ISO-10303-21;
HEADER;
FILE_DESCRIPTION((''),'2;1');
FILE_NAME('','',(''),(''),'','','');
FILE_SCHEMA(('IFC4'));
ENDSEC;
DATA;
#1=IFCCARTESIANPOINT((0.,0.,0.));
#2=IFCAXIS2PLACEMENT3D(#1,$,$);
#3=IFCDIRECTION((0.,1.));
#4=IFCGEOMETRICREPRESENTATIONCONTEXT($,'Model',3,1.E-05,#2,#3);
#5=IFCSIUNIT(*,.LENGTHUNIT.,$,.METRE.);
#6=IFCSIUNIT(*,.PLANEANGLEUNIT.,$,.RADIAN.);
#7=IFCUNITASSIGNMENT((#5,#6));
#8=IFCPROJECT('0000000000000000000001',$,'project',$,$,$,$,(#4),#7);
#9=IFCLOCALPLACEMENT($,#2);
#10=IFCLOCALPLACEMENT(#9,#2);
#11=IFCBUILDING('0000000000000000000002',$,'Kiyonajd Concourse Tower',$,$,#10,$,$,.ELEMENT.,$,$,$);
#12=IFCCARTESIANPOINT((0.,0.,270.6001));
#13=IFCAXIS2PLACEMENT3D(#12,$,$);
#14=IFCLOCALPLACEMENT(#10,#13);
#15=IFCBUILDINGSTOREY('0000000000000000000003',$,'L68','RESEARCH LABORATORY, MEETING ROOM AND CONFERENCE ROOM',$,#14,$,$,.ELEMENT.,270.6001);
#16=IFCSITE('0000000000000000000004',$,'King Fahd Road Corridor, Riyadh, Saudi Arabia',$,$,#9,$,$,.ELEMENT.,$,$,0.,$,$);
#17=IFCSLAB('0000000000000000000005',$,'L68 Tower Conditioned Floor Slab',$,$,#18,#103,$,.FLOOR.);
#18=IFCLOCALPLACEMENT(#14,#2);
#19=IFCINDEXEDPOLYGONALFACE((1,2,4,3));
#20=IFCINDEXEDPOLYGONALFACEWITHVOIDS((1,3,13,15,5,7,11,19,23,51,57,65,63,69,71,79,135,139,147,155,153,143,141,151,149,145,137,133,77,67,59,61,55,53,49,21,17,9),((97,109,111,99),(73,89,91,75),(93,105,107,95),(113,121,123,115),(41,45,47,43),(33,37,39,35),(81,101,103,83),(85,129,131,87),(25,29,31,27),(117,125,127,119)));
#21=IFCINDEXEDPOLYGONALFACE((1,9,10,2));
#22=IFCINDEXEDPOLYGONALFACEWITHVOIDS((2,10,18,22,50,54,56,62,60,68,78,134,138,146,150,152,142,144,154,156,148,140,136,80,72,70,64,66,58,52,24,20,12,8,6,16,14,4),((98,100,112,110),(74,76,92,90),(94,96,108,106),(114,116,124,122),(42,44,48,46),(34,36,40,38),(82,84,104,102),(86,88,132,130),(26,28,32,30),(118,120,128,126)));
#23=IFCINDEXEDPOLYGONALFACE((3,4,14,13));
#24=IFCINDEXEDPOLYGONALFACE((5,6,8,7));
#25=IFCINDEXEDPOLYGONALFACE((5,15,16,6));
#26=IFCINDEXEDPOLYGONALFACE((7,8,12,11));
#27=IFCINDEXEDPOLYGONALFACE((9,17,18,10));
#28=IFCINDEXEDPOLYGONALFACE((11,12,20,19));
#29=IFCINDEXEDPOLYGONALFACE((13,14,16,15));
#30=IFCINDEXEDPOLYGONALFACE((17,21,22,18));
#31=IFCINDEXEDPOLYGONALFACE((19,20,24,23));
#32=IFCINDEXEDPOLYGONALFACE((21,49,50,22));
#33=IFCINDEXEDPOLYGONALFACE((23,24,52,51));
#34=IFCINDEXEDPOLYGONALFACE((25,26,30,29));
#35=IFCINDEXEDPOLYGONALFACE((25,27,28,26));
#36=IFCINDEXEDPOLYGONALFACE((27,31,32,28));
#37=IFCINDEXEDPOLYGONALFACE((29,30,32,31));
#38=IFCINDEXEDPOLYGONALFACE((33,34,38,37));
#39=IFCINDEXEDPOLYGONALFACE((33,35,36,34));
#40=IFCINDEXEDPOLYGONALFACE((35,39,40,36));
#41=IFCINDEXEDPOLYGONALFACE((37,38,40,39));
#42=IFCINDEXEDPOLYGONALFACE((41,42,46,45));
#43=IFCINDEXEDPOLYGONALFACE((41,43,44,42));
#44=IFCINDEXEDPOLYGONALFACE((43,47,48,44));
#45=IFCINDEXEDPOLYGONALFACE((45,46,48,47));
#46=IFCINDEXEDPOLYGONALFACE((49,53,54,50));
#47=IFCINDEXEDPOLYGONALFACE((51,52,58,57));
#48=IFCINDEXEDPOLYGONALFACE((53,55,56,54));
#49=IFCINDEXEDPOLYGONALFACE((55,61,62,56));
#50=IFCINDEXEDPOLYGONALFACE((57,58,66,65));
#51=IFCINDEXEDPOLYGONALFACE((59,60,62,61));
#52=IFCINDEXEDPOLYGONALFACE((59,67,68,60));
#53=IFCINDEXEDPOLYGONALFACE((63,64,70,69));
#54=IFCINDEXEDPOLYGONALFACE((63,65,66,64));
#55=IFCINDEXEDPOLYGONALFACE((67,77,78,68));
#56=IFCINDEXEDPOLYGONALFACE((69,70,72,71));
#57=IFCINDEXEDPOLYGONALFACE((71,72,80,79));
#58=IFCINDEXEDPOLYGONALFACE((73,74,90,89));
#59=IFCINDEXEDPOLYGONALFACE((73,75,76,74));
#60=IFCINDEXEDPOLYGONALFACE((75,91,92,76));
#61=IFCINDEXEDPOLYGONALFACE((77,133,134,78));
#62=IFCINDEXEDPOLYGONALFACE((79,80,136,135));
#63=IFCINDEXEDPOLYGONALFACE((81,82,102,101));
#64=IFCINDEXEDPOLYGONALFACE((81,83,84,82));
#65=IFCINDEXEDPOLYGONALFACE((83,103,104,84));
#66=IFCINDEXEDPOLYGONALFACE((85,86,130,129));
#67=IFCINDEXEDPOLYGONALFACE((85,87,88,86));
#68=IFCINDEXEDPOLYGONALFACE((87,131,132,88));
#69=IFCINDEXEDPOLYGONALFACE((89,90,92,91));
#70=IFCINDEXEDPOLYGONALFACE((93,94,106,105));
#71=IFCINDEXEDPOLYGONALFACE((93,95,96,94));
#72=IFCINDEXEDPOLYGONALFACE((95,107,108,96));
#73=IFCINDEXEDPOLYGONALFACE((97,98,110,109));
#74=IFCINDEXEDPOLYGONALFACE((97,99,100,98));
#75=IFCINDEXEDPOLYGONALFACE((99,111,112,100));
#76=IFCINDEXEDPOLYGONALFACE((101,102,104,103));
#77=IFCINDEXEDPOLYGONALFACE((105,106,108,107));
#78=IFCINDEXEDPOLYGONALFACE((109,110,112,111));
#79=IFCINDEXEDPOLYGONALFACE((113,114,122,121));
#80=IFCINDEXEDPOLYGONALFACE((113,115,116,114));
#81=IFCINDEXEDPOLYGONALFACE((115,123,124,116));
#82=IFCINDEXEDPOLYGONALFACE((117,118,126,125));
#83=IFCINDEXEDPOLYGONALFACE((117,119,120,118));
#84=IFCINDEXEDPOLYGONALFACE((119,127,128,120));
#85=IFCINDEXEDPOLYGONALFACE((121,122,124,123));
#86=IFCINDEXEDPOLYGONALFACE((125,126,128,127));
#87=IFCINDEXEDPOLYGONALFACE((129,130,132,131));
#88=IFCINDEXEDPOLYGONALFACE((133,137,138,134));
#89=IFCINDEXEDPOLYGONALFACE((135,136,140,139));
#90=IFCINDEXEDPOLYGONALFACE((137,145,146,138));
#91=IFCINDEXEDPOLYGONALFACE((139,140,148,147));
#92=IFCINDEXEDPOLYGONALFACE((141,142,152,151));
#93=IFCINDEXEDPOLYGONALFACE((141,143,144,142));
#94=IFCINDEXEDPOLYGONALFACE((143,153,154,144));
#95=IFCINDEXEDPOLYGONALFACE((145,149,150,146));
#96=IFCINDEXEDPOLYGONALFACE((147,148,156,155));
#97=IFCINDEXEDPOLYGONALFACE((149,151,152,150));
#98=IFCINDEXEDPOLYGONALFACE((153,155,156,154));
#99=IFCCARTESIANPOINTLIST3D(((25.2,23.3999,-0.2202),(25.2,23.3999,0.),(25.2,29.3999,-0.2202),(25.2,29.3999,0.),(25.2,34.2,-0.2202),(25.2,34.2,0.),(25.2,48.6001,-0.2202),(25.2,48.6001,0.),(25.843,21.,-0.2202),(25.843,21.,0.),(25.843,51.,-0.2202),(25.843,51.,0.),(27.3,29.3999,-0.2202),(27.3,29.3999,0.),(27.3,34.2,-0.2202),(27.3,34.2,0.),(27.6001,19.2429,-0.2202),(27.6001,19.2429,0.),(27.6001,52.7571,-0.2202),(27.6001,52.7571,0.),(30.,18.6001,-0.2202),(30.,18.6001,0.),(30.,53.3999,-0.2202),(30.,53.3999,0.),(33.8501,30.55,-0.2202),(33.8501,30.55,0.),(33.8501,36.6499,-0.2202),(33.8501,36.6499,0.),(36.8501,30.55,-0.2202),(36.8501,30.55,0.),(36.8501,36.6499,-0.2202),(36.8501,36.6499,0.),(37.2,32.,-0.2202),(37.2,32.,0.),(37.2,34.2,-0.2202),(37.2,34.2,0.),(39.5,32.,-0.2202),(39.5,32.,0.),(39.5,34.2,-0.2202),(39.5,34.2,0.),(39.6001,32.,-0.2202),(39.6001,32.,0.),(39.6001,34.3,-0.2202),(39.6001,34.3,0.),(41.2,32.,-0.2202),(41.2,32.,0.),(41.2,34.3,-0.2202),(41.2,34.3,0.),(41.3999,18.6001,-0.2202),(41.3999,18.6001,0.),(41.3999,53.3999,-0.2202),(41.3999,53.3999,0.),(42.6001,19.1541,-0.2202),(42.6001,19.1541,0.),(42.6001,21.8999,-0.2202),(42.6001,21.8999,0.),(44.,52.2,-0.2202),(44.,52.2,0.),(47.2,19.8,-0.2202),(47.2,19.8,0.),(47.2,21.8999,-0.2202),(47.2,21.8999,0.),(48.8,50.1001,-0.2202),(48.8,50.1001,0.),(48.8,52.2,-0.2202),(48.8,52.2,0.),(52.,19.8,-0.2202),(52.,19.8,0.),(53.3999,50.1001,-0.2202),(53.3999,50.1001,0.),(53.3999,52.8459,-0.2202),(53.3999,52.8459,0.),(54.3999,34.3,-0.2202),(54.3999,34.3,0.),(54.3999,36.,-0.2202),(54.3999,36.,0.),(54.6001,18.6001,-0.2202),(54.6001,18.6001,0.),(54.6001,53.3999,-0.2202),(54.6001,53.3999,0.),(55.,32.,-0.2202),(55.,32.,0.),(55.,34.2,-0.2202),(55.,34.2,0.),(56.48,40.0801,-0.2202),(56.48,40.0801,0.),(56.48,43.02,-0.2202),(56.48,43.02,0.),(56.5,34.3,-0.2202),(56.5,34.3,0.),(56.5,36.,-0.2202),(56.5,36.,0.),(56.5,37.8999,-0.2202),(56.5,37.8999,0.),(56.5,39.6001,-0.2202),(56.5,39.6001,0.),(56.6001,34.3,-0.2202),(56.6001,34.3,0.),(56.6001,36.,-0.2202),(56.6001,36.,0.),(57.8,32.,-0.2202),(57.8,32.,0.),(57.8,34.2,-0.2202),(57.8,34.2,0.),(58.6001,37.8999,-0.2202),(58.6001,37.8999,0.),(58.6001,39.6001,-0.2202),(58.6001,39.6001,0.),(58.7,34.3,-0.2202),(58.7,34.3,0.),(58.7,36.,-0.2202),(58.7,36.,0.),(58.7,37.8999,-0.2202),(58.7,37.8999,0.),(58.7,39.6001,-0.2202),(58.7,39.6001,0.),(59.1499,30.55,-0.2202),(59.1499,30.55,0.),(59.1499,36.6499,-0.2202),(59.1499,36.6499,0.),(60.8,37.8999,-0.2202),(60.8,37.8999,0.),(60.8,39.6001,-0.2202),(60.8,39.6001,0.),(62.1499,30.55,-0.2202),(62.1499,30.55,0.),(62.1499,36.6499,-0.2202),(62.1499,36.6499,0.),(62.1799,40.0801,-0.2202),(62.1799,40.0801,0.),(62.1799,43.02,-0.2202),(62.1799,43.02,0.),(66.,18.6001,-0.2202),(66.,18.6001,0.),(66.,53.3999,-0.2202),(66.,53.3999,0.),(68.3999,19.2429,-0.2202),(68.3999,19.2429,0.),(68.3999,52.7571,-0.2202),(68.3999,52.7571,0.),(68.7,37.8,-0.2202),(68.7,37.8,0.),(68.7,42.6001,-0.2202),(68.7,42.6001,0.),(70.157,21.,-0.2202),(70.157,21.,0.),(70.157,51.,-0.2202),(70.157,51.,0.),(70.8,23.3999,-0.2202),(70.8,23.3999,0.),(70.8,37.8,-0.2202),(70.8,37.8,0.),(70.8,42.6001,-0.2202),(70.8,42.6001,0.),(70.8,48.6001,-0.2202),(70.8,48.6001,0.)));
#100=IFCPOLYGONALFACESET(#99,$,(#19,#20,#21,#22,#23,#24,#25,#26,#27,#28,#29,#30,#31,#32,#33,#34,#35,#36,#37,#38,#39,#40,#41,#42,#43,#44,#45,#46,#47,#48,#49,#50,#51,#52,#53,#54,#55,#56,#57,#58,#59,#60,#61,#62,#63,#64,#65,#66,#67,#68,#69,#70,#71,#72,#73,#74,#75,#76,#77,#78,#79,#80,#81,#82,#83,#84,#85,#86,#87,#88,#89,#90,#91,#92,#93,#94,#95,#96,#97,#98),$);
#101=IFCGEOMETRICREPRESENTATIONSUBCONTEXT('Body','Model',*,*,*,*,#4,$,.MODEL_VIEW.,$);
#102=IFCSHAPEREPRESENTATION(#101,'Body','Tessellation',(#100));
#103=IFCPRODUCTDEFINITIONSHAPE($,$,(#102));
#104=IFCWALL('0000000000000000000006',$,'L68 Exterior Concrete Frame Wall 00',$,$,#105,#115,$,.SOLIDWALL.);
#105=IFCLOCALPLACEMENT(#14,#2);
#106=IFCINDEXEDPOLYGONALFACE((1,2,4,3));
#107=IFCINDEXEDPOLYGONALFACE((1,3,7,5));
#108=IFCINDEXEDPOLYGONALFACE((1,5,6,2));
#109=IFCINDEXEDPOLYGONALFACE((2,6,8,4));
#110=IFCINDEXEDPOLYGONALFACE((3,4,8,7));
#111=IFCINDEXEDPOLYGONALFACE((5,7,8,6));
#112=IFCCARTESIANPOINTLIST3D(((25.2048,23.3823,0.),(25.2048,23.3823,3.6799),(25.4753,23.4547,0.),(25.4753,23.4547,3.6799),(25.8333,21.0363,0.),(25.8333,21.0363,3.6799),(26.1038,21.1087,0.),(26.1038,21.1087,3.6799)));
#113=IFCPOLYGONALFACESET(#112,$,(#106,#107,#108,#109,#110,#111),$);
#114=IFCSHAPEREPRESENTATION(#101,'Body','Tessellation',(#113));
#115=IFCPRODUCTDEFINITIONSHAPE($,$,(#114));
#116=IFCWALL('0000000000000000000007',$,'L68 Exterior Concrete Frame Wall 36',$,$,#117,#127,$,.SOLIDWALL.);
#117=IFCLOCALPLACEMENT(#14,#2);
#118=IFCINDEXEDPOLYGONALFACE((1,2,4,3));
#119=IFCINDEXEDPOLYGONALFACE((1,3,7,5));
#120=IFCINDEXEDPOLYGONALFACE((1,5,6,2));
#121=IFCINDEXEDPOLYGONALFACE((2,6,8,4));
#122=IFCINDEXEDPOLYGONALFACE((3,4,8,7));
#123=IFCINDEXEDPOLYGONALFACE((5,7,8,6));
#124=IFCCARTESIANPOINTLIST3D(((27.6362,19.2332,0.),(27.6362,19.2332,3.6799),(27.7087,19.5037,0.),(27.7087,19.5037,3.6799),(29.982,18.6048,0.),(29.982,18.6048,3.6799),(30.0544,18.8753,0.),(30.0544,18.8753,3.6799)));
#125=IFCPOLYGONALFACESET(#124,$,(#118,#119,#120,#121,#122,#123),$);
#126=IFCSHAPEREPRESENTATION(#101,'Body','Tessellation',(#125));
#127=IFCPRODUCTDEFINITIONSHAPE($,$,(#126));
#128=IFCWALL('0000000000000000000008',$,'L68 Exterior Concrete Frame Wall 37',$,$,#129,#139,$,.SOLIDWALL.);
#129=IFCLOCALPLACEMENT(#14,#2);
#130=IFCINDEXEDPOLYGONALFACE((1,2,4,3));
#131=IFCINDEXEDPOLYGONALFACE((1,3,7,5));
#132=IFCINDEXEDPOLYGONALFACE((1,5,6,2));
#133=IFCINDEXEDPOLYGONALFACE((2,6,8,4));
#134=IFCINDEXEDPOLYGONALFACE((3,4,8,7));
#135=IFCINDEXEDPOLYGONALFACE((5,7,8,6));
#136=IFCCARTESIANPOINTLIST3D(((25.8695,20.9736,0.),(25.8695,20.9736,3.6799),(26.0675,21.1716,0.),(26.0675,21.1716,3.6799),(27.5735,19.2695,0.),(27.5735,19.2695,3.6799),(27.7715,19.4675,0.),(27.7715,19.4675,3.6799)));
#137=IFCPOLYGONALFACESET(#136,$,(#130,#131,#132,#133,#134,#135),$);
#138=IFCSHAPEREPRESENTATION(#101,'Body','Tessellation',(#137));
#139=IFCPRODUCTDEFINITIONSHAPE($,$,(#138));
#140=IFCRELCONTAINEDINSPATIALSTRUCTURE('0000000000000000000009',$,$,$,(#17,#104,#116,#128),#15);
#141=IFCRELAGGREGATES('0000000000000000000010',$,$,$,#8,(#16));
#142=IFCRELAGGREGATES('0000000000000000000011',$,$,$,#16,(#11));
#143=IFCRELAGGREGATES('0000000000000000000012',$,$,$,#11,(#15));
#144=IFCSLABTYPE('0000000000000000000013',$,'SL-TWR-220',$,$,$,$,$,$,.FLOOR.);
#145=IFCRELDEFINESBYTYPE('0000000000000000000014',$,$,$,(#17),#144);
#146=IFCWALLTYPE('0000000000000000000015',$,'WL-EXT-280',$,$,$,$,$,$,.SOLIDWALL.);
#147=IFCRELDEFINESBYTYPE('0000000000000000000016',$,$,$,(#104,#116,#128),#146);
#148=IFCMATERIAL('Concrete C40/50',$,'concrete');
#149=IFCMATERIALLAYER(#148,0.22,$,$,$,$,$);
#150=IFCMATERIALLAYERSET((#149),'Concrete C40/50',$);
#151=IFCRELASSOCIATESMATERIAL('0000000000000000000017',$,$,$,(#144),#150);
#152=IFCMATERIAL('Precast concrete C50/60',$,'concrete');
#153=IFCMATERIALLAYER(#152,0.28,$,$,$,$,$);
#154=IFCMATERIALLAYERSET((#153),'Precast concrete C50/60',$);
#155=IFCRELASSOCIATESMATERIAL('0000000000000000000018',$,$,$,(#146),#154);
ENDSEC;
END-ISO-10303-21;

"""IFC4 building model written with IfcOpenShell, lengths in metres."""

from ifc_helpers import new_model, si_unit, direction, frame, frame_2d, origin, place, context, subcontext, project, spatial, polyline, rectangle, outline, extrude, material, layer, layer_set, type_object, element, save


model = new_model("IFC4")

# Units and contexts
model_context = context("Model", 3, precision=1e-05, world=origin(), true_north=direction((0.0, 1.0)))
body_context = subcontext(model_context, "Body", "Model", "MODEL_VIEW")
ifc_project = project(units=[si_unit("LENGTHUNIT", "METRE"), si_unit("PLANEANGLEUNIT", "RADIAN")], contexts=[model_context])

# Site, building, storey
site_placement = place(None, origin())
site = spatial("IfcSite", under=ifc_project, at=site_placement, Name="King Fahd Road Corridor, Riyadh, Saudi Arabia", CompositionType="ELEMENT", RefElevation=0.0)
building_placement = place(site_placement, origin())
building = spatial("IfcBuilding", under=site, at=building_placement, Name="Kiyonajd Concourse Tower", CompositionType="ELEMENT")
storey_placement = place(building_placement, frame((0.0, 0.0, 270.6001)))
storey = spatial("IfcBuildingStorey", under=building, at=storey_placement, Name="L68", Description="RESEARCH LABORATORY, MEETING ROOM AND CONFERENCE ROOM", CompositionType="ELEMENT", Elevation=270.6001)

# Shared definitions
ifc_material_1 = material(Name="Concrete C40/50", Category="concrete")

# Slab
ifc_material_2 = material(Name="Precast concrete C50/60", Category="concrete")
ifc_layer_1 = layer(ifc_material_1, 0.22)
ifc_layer_set_1 = layer_set([ifc_layer_1], Name="Concrete C40/50")
slab_type_1 = type_object("IfcSlabType", Name="SL-TWR-220", PredefinedType="FLOOR", material=ifc_layer_set_1)
slab_1_placement = place(storey_placement, frame((0.0, 0.0, -0.2202)))
element("IfcSlab", 1, at=slab_1_placement, inside=storey, type_object=slab_type_1, Name="L68 Tower Conditioned Floor Slab", PredefinedType="FLOOR", context=body_context, shape_type="SweptSolid", body=[
    extrude(outline(polyline([(25.843, 21.0), (25.2, 23.3999), (25.2, 29.3999), (27.3, 29.3999), (27.3, 34.2), (25.2, 34.2), (25.2, 48.6001), (25.843, 51.0), (27.6001, 52.7571), (30.0, 53.3999), (41.3999, 53.3999), (44.0, 52.2), (48.8, 52.2), (48.8, 50.1001), (53.3999, 50.1001), (53.3999, 52.8459), (54.6001, 53.3999), (66.0, 53.3999), (68.3999, 52.7571), (70.157, 51.0), (70.8, 48.6001), (70.8, 42.6001), (68.7, 42.6001), (68.7, 37.8), (70.8, 37.8), (70.8, 23.3999), (70.157, 21.0), (68.3999, 19.2429), (66.0, 18.6001), (54.6001, 18.6001), (52.0, 19.8), (47.2, 19.8), (47.2, 21.8999), (42.6001, 21.8999), (42.6001, 19.1541), (41.3999, 18.6001), (30.0, 18.6001), (27.6001, 19.2429), (25.843, 21.0)]), holes=[polyline([(39.5, 32.0), (37.2, 32.0), (37.2, 34.2), (39.5, 34.2), (39.5, 32.0)]), polyline([(57.8, 32.0), (55.0, 32.0), (55.0, 34.2), (57.8, 34.2), (57.8, 32.0)]), polyline([(41.2, 32.0), (39.6001, 32.0), (39.6001, 34.3), (41.2, 34.3), (41.2, 32.0)]), polyline([(33.8501, 30.55), (33.8501, 36.6499), (36.8501, 36.6499), (36.8501, 30.55), (33.8501, 30.55)]), polyline([(59.1499, 30.55), (59.1499, 36.6499), (62.1499, 36.6499), (62.1499, 30.55), (59.1499, 30.55)]), polyline([(56.5, 34.3), (54.3999, 34.3), (54.3999, 36.0), (56.5, 36.0), (56.5, 34.3)]), polyline([(58.7, 34.3), (56.6001, 34.3), (56.6001, 36.0), (58.7, 36.0), (58.7, 34.3)]), polyline([(58.6001, 37.8999), (56.5, 37.8999), (56.5, 39.6001), (58.6001, 39.6001), (58.6001, 37.8999)]), polyline([(58.7, 37.8999), (58.7, 39.6001), (60.8, 39.6001), (60.8, 37.8999), (58.7, 37.8999)]), polyline([(56.48, 43.02), (62.1799, 43.02), (62.1799, 40.0801), (56.48, 40.0801), (56.48, 43.02)])]), origin(), (0.0, 0.0, 1.0), 0.2202),
])

# Walls
ifc_layer_2 = layer(ifc_material_2, 0.28)
ifc_layer_set_2 = layer_set([ifc_layer_2], Name="Precast concrete C50/60")
wall_type = type_object("IfcWallType", Name="WL-EXT-280", PredefinedType="SOLIDWALL", material=ifc_layer_set_2)
wall_1_placement = place(storey_placement, frame((25.9685, 21.0725, 0.0), z_axis=(0.0, 0.0, 1.0), x_axis=(-0.258751, 0.965944, 0.0)))
element("IfcWall", 2, at=wall_1_placement, inside=storey, type_object=wall_type, Name="L68 Exterior Concrete Frame Wall 00", PredefinedType="SOLIDWALL", context=body_context, shape_type="SweptSolid", body=[
    extrude(rectangle(XDim=2.4287, YDim=0.28, at=frame_2d((1.2144, 0.0))), origin(), (0.0, 0.0, 1.0), 3.6799),
])
wall_2_placement = place(storey_placement, frame((30.0183, 18.74, 0.0), z_axis=(0.0, 0.0, 1.0), x_axis=(-0.965937, 0.258776, 0.0)))
element("IfcWall", 3, at=wall_2_placement, inside=storey, type_object=wall_type, Name="L68 Exterior Concrete Frame Wall 36", PredefinedType="SOLIDWALL", context=body_context, shape_type="SweptSolid", body=[
    extrude(rectangle(XDim=2.4285, YDim=0.28, at=frame_2d((1.2144, 0.0))), origin(), (0.0, 0.0, 1.0), 3.6799),
])
wall_3_placement = place(storey_placement, frame((27.6726, 19.3684, 0.0), z_axis=(0.0, 0.0, 1.0), x_axis=(-0.707107, 0.707107, 0.0)))
element("IfcWall", 4, at=wall_3_placement, inside=storey, type_object=wall_type, Name="L68 Exterior Concrete Frame Wall 37", PredefinedType="SOLIDWALL", context=body_context, shape_type="SweptSolid", body=[
    extrude(rectangle(XDim=2.4099, YDim=0.28, at=frame_2d((1.2051, 0.0))), origin(), (0.0, 0.0, 1.0), 3.6799),
])

save(model, "model.ifc")
